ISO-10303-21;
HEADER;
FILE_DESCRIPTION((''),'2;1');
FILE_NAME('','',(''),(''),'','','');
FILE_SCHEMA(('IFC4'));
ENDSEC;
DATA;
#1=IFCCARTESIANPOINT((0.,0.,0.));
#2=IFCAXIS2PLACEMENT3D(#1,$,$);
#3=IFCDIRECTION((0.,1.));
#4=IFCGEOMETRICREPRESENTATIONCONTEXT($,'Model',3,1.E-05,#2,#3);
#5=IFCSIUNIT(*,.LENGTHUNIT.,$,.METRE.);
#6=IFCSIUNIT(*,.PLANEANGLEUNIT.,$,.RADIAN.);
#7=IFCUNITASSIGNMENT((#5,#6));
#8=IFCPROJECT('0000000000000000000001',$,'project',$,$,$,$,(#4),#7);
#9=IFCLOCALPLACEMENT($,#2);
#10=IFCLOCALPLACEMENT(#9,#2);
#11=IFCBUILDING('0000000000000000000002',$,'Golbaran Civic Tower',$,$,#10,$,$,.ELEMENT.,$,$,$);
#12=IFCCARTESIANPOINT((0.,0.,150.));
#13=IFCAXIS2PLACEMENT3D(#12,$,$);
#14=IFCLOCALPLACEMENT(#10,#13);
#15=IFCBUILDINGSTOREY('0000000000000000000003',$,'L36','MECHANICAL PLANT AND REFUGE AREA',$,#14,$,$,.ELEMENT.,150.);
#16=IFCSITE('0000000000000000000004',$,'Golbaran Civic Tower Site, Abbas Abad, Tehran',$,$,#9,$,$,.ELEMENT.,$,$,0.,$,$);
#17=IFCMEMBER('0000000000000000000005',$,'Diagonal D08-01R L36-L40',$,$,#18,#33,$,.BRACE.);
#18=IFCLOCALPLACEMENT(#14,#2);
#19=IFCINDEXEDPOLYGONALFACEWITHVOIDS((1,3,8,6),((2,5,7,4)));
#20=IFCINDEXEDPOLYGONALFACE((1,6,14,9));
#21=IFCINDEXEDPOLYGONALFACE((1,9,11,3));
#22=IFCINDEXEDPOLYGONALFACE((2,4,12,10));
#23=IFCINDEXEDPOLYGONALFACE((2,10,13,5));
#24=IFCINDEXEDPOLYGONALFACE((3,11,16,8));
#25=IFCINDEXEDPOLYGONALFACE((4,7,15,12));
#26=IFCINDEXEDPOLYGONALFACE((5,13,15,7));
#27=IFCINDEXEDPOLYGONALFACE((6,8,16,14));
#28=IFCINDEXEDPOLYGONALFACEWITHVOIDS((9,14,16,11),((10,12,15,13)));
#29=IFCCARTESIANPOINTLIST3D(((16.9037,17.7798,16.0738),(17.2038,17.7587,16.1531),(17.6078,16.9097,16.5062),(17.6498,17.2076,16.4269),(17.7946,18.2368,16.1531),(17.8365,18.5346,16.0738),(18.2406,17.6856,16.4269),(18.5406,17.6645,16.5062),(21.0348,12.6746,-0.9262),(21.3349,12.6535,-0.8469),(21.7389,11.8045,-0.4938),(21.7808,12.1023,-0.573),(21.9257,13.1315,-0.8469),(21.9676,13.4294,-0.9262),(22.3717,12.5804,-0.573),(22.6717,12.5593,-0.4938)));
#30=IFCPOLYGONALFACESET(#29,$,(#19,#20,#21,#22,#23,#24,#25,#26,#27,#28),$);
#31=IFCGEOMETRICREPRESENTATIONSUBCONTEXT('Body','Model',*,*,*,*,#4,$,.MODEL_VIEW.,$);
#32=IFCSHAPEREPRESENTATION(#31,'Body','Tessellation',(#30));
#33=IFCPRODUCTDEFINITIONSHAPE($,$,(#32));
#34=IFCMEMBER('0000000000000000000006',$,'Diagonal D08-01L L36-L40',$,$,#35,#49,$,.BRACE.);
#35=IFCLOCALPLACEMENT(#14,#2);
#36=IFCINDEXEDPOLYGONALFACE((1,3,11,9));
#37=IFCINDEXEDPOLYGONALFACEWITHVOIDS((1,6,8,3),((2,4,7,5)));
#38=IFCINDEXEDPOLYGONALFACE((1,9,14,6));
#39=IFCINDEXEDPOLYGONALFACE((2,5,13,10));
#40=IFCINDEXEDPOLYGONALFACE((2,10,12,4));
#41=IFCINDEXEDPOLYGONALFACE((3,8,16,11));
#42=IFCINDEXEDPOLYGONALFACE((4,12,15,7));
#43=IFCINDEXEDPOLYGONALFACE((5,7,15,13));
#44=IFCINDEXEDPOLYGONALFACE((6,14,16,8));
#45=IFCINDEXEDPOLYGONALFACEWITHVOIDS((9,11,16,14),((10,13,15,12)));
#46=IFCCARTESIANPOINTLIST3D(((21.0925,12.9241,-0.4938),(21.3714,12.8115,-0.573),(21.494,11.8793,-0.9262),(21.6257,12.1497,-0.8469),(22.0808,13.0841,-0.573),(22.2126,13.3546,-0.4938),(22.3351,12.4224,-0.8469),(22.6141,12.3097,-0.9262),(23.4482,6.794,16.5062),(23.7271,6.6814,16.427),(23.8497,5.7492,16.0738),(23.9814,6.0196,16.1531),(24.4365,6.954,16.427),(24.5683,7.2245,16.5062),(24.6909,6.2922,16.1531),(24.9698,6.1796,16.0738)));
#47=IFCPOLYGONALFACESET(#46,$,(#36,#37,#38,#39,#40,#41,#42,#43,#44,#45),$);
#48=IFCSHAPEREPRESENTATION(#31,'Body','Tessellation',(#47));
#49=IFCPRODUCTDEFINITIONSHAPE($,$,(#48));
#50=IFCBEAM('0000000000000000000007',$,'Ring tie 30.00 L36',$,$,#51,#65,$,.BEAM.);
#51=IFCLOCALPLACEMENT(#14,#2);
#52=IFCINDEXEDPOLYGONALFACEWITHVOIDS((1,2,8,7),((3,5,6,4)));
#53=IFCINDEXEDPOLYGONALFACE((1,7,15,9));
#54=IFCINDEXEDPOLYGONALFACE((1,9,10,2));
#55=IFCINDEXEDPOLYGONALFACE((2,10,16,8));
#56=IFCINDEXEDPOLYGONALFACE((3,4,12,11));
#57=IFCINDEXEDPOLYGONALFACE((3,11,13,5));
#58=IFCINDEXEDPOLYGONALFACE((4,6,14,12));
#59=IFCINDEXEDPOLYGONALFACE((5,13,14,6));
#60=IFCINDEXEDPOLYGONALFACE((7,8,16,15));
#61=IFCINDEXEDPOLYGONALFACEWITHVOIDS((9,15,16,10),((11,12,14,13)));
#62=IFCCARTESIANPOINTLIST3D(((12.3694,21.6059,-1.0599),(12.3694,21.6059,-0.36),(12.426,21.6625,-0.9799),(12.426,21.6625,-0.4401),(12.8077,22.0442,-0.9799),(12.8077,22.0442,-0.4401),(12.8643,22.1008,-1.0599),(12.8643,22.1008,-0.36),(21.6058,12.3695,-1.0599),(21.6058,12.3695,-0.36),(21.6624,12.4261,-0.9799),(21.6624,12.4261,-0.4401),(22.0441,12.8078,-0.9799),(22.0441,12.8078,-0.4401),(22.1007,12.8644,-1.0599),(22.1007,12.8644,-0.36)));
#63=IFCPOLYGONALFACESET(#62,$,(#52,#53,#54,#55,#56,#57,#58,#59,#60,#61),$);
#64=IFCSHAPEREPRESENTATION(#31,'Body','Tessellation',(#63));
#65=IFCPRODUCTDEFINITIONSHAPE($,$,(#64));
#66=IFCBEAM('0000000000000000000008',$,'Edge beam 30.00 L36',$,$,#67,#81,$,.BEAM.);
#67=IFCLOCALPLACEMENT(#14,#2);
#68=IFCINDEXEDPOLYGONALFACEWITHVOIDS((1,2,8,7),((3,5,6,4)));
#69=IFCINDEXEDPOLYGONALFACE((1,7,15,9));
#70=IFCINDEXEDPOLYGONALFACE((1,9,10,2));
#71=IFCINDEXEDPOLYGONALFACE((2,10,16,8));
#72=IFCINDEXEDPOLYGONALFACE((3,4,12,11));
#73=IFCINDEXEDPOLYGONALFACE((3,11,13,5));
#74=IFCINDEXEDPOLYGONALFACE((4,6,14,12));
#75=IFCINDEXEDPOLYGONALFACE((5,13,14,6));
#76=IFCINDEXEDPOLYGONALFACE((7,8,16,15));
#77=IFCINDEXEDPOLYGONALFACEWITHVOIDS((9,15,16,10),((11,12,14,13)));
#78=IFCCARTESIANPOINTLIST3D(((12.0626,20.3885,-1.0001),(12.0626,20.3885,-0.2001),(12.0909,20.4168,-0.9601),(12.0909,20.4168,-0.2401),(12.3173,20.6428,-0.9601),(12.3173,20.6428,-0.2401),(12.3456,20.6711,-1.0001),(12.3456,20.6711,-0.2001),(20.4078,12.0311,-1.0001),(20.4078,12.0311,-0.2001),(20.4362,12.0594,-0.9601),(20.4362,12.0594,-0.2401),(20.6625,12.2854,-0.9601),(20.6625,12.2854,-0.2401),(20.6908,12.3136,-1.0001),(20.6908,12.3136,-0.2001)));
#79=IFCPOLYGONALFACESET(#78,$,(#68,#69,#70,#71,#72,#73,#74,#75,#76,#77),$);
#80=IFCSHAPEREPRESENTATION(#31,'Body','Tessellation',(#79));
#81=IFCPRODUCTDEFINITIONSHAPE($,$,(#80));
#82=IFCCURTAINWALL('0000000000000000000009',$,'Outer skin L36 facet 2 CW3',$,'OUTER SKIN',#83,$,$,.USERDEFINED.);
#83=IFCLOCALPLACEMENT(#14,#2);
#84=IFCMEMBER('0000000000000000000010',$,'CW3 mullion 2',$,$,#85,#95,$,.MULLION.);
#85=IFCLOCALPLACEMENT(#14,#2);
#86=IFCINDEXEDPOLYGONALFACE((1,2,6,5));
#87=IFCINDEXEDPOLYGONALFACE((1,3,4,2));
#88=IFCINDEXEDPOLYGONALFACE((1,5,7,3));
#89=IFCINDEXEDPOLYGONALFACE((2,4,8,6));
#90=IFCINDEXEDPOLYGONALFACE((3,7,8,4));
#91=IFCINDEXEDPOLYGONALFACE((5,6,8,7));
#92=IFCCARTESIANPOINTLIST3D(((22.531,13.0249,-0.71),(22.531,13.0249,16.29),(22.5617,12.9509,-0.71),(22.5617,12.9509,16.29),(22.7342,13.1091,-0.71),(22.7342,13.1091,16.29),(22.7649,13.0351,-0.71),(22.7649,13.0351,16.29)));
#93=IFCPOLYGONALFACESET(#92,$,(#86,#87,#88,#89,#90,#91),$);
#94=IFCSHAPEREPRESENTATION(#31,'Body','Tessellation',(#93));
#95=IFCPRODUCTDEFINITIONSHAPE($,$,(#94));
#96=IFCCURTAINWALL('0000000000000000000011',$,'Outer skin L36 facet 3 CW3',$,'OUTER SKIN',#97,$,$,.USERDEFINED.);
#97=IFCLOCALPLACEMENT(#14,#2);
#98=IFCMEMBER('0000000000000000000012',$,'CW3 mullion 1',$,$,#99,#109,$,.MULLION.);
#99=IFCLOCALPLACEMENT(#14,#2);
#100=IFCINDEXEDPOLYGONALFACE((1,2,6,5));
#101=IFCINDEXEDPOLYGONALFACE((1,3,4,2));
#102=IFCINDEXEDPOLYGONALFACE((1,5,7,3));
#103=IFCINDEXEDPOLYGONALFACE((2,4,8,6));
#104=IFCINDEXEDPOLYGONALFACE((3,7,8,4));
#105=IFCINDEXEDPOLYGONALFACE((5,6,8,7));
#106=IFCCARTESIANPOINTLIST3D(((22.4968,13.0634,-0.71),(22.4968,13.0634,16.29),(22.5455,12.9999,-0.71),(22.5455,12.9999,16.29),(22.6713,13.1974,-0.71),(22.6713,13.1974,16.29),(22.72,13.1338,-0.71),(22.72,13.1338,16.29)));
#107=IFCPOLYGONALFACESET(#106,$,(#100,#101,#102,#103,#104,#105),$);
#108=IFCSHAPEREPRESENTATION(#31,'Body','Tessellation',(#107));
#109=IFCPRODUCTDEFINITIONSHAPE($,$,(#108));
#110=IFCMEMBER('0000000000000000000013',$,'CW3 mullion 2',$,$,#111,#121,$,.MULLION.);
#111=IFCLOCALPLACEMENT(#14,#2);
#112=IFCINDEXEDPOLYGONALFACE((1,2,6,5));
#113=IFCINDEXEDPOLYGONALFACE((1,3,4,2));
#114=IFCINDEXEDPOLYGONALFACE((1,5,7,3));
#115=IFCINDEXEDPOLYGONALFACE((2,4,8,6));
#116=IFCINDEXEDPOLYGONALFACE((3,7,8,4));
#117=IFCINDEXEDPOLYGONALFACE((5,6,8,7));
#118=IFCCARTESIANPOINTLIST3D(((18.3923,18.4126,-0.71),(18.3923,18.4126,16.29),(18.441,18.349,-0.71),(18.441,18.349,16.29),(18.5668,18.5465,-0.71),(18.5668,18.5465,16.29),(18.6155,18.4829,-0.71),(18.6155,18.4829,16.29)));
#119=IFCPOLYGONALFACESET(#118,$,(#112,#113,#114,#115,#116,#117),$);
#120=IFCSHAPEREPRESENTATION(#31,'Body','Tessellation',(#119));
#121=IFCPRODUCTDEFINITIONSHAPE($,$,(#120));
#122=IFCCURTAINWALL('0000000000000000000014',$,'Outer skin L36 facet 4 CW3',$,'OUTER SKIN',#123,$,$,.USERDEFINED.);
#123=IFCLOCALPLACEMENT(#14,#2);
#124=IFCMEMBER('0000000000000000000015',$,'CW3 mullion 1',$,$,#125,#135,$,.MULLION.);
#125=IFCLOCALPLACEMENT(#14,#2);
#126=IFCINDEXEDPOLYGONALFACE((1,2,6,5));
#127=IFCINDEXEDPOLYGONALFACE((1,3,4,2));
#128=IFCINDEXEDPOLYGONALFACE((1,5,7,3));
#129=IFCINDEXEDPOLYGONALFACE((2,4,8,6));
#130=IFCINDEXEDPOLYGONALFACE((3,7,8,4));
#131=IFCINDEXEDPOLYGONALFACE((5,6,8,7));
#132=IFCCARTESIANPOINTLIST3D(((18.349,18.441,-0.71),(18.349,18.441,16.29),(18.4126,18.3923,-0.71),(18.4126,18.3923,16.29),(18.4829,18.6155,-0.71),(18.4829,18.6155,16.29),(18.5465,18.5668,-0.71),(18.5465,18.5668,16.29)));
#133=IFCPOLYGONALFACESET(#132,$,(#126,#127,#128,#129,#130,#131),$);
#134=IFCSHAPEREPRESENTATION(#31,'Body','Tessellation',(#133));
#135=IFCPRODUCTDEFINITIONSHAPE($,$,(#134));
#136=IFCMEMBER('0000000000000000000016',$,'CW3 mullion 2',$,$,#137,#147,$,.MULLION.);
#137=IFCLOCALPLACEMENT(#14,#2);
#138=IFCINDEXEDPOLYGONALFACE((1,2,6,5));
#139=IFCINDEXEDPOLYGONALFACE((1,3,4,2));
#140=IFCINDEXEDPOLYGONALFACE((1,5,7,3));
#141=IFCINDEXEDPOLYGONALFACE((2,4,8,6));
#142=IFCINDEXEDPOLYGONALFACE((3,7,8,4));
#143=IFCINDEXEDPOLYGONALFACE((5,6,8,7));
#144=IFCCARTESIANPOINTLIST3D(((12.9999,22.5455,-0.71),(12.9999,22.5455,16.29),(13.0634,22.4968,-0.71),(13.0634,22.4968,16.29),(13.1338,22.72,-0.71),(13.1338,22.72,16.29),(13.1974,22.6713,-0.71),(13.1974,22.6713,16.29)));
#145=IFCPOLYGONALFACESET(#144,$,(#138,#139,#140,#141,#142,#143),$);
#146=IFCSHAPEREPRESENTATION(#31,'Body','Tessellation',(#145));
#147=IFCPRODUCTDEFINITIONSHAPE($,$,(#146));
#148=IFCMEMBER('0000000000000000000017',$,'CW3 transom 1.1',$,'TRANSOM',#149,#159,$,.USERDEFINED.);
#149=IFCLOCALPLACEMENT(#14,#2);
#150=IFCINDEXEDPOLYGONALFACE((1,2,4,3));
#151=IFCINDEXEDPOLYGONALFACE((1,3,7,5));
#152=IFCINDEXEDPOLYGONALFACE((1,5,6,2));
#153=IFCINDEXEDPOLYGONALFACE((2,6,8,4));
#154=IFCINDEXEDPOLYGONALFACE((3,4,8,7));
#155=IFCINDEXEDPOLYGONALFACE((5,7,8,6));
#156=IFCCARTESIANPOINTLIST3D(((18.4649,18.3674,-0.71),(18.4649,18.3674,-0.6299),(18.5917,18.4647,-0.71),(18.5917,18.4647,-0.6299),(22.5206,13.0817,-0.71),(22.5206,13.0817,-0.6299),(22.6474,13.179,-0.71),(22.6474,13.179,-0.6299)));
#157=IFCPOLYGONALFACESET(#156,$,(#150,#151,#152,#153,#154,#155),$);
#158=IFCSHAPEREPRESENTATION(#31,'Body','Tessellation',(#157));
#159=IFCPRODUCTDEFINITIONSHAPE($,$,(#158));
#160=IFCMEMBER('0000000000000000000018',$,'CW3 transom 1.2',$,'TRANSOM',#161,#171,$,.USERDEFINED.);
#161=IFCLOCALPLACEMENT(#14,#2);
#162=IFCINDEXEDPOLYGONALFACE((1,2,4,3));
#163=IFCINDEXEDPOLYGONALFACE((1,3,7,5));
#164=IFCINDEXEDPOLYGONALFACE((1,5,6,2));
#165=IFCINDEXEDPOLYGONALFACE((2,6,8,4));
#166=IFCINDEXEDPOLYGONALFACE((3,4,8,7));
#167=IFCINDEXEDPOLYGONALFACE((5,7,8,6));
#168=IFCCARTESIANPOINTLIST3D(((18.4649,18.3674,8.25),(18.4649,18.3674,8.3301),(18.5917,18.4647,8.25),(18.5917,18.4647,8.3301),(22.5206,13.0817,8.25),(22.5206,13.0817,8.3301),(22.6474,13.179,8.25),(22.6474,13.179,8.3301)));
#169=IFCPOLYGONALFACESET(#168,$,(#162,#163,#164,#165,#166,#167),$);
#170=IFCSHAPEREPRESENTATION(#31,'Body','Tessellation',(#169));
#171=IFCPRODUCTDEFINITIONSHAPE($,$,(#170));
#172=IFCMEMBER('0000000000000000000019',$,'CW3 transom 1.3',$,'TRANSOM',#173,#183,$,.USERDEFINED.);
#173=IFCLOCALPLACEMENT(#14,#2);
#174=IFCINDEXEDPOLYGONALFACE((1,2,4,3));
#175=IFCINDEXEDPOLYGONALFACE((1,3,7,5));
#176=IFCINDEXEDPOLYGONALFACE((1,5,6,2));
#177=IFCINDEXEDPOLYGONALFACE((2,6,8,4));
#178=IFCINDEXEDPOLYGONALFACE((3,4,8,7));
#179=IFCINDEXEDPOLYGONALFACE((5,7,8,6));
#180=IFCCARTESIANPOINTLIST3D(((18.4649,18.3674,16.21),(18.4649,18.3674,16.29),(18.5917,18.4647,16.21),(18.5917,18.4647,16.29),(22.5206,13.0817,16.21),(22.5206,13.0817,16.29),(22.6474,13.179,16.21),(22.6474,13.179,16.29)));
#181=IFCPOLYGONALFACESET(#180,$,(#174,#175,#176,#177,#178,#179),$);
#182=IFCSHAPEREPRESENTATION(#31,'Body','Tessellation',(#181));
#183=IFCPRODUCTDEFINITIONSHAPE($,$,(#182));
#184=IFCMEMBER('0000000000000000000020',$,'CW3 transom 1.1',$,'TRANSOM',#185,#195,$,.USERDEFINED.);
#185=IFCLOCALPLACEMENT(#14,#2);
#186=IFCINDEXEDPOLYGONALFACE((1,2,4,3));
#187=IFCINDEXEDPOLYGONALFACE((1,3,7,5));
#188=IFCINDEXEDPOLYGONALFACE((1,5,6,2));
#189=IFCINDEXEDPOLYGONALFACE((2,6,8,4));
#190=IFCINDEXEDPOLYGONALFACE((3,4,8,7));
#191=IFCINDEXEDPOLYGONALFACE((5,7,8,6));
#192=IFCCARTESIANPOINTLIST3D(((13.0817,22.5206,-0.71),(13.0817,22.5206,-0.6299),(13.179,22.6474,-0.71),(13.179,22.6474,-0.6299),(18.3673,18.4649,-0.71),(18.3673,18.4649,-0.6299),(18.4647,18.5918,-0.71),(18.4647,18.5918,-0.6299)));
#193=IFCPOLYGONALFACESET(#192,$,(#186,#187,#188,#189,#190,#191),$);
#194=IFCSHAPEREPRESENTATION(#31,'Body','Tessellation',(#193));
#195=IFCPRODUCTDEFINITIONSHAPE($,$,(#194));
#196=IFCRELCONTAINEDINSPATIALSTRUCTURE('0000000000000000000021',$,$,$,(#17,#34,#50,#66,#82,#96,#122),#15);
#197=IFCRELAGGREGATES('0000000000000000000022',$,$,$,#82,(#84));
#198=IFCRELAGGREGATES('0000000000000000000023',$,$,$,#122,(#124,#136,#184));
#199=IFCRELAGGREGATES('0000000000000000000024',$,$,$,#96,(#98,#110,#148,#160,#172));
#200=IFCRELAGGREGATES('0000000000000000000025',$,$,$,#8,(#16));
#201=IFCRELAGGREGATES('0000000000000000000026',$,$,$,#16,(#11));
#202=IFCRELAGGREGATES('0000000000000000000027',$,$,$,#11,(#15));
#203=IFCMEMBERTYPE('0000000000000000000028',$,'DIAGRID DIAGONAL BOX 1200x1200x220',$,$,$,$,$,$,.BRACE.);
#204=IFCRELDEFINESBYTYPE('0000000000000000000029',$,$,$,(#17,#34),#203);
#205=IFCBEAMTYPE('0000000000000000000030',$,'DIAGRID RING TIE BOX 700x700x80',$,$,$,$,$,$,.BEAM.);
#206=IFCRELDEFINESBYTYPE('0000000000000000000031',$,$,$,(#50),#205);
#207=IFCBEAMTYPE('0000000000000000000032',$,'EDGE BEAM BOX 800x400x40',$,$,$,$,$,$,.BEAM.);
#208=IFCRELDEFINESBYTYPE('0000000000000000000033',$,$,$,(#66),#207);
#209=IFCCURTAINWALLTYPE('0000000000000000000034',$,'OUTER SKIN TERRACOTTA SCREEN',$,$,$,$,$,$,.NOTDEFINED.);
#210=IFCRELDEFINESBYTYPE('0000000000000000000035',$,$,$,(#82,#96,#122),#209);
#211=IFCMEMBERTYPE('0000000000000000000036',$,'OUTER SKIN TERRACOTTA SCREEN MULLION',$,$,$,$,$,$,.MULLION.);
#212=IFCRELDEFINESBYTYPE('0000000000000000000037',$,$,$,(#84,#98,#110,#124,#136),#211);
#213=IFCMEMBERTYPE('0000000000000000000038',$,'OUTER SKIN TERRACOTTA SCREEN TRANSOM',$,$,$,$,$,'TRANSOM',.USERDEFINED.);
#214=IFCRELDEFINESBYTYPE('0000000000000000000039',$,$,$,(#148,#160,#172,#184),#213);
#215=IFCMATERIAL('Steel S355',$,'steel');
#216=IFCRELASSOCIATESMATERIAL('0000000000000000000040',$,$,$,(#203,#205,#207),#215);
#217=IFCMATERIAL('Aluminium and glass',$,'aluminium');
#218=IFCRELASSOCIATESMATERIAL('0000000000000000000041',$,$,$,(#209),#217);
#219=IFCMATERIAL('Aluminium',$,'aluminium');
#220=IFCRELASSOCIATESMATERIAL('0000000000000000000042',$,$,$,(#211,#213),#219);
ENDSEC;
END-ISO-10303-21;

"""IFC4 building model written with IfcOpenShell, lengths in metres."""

from ifc_helpers import new_model, si_unit, direction, frame, origin, origin_2d, place, context, subcontext, project, spatial, rectangle, hollow_rectangle, extrude, material, material_profile, profile_set, type_object, element, aggregate, save


model = new_model("IFC4")

# Units and contexts
model_context = context("Model", 3, precision=1e-05, world=origin(), true_north=direction((0.0, 1.0)))
body_context = subcontext(model_context, "Body", "Model", "MODEL_VIEW")
ifc_project = project(units=[si_unit("LENGTHUNIT", "METRE"), si_unit("PLANEANGLEUNIT", "RADIAN")], contexts=[model_context])

# Site, building, storey
site_placement = place(None, origin())
site = spatial("IfcSite", under=ifc_project, at=site_placement, Name="Golbaran Civic Tower Site, Abbas Abad, Tehran", CompositionType="ELEMENT", RefElevation=0.0)
building_placement = place(site_placement, origin())
building = spatial("IfcBuilding", under=site, at=building_placement, Name="Golbaran Civic Tower", CompositionType="ELEMENT")
storey_placement = place(building_placement, frame((0.0, 0.0, 150.0)))
storey = spatial("IfcBuildingStorey", under=building, at=storey_placement, Name="L36", Description="MECHANICAL PLANT AND REFUGE AREA", CompositionType="ELEMENT", Elevation=150.0)

# Members
ifc_material_1 = material(Name="Steel S355", Category="steel")
ifc_material_profile_1 = material_profile(ifc_material_1, hollow_rectangle(XDim=1.2, YDim=1.2, WallThickness=0.22, at=origin_2d()), Name="BOX 1200x1200x220")
ifc_profile_set_1 = profile_set([ifc_material_profile_1], Name="Steel S355")
member_type_1 = type_object("IfcMemberType", Name="DIAGRID DIAGONAL BOX 1200x1200x220", PredefinedType="BRACE", material=ifc_profile_set_1)
for number, where, z_axis, x_axis, name in (
    (1, (21.8533, 12.6169, -0.71), (-0.22668, 0.280131, 0.932815), (-0.777371, -0.629042, 0.0), "Diagonal D08-01R L36-L40"),
    (2, (21.8533, 12.6169, -0.71), (0.129262, -0.33637, 0.932817), (0.933449, 0.35871, 0.0), "Diagonal D08-01L L36-L40"),
):
    element("IfcMember", number, at=place(storey_placement, frame(where, z_axis=z_axis, x_axis=x_axis)), inside=storey, type_object=member_type_1, Name=name, PredefinedType="BRACE", context=body_context, shape_type="SweptSolid", body=[
        extrude(hollow_rectangle(XDim=1.2, YDim=1.2, WallThickness=0.22, at=origin_2d()), origin(), (0.0, 0.0, 1.0), 18.2244),
    ])

# Beams
ifc_material_profile_2 = material_profile(ifc_material_1, hollow_rectangle(XDim=0.7, YDim=0.7, WallThickness=0.0801, at=origin_2d()), Name="BOX 700x700x80")
ifc_profile_set_2 = profile_set([ifc_material_profile_2], Name="Steel S355")
beam_type_1 = type_object("IfcBeamType", Name="DIAGRID RING TIE BOX 700x700x80", PredefinedType="BEAM", material=ifc_profile_set_2)
beam_1_placement = place(storey_placement, frame((21.8533, 12.6169, -0.71), z_axis=(-0.707107, 0.707107, 0.0), x_axis=(-0.707107, -0.707107, 0.0)))
element("IfcBeam", 3, at=beam_1_placement, inside=storey, type_object=beam_type_1, Name="Ring tie 30.00 L36", PredefinedType="BEAM", context=body_context, shape_type="SweptSolid", body=[
    extrude(hollow_rectangle(XDim=0.7, YDim=0.7, WallThickness=0.0801, at=origin_2d()), origin(), (0.0, 0.0, 1.0), 13.0623),
])
ifc_material_profile_3 = material_profile(ifc_material_1, hollow_rectangle(XDim=0.3999, YDim=0.8, WallThickness=0.04, at=origin_2d()), Name="BOX 800x400x40")
ifc_profile_set_3 = profile_set([ifc_material_profile_3], Name="Steel S355")
beam_type_2 = type_object("IfcBeamType", Name="EDGE BEAM BOX 800x400x40", PredefinedType="BEAM", material=ifc_profile_set_3)
beam_2_placement = place(storey_placement, frame((20.5493, 12.1724, -0.6001), z_axis=(-0.70659, 0.707623, 0.0), x_axis=(-0.707623, -0.70659, 0.0)))
element("IfcBeam", 4, at=beam_2_placement, inside=storey, type_object=beam_type_2, Name="Edge beam 30.00 L36", PredefinedType="BEAM", context=body_context, shape_type="SweptSolid", body=[
    extrude(hollow_rectangle(XDim=0.3999, YDim=0.8, WallThickness=0.04, at=origin_2d()), origin(), (0.0, 0.0, 1.0), 11.8105),
])

# Curtain wall, member
ifc_material_2 = material(Name="Aluminium and glass", Category="aluminium")
curtain_wall_type_1 = type_object("IfcCurtainWallType", Name="OUTER SKIN TERRACOTTA SCREEN", PredefinedType="NOTDEFINED", material=ifc_material_2)
curtain_wall_1_placement = place(storey_placement, origin())
curtain_wall_1 = element("IfcCurtainWall", 5, at=curtain_wall_1_placement, inside=storey, type_object=curtain_wall_type_1, Name="Outer skin L36 facet 2 CW3", ObjectType="OUTER SKIN", PredefinedType="USERDEFINED")
ifc_material_3 = material(Name="Aluminium", Category="aluminium")
ifc_material_profile_4 = material_profile(ifc_material_3, rectangle(XDim=0.22, YDim=0.0801, at=origin_2d()), Name="OUTER SKIN TERRACOTTA SCREEN MULLION")
ifc_profile_set_4 = profile_set([ifc_material_profile_4], Name="Aluminium")
member_type_2 = type_object("IfcMemberType", Name="OUTER SKIN TERRACOTTA SCREEN MULLION", PredefinedType="MULLION", material=ifc_profile_set_4)
member_1_placement = place(storey_placement, frame((22.6479, 13.03, -0.71), z_axis=(0.0, 0.0, 1.0), x_axis=(-0.92388, -0.382683, 0.0)))
member_1 = element("IfcMember", 6, at=member_1_placement, type_object=member_type_2, Name="CW3 mullion 2", PredefinedType="MULLION", context=body_context, shape_type="SweptSolid", body=[
    extrude(rectangle(XDim=0.22, YDim=0.0801, at=origin_2d()), origin(), (0.0, 0.0, 1.0), 17.0),
])

# Curtain walls, members
curtain_wall_2_placement = place(storey_placement, origin())
curtain_wall_2 = element("IfcCurtainWall", 7, at=curtain_wall_2_placement, inside=storey, type_object=curtain_wall_type_1, Name="Outer skin L36 facet 3 CW3", ObjectType="OUTER SKIN", PredefinedType="USERDEFINED")
member_2_placement = place(storey_placement, frame((22.6084, 13.0986, -0.71), z_axis=(0.0, 0.0, 1.0), x_axis=(-0.793353, -0.608761, 0.0)))
member_2 = element("IfcMember", 8, at=member_2_placement, type_object=member_type_2, Name="CW3 mullion 1", PredefinedType="MULLION", context=body_context, shape_type="SweptSolid", body=[
    extrude(rectangle(XDim=0.22, YDim=0.0801, at=origin_2d()), origin(), (0.0, 0.0, 1.0), 17.0),
])
member_3_placement = place(storey_placement, frame((18.5039, 18.4478, -0.71), z_axis=(0.0, 0.0, 1.0), x_axis=(-0.793353, -0.608761, 0.0)))
member_3 = element("IfcMember", 9, at=member_3_placement, type_object=member_type_2, Name="CW3 mullion 2", PredefinedType="MULLION", context=body_context, shape_type="SweptSolid", body=[
    extrude(rectangle(XDim=0.22, YDim=0.0801, at=origin_2d()), origin(), (0.0, 0.0, 1.0), 17.0),
])
curtain_wall_3_placement = place(storey_placement, origin())
curtain_wall_3 = element("IfcCurtainWall", 10, at=curtain_wall_3_placement, inside=storey, type_object=curtain_wall_type_1, Name="Outer skin L36 facet 4 CW3", ObjectType="OUTER SKIN", PredefinedType="USERDEFINED")
member_4_placement = place(storey_placement, frame((18.4478, 18.5039, -0.71), z_axis=(0.0, 0.0, 1.0), x_axis=(-0.608761, -0.793353, 0.0)))
member_4 = element("IfcMember", 11, at=member_4_placement, type_object=member_type_2, Name="CW3 mullion 1", PredefinedType="MULLION", context=body_context, shape_type="SweptSolid", body=[
    extrude(rectangle(XDim=0.22, YDim=0.0801, at=origin_2d()), origin(), (0.0, 0.0, 1.0), 17.0),
])
member_5_placement = place(storey_placement, frame((13.0986, 22.6084, -0.71), z_axis=(0.0, 0.0, 1.0), x_axis=(-0.608761, -0.793353, 0.0)))
member_5 = element("IfcMember", 12, at=member_5_placement, type_object=member_type_2, Name="CW3 mullion 2", PredefinedType="MULLION", context=body_context, shape_type="SweptSolid", body=[
    extrude(rectangle(XDim=0.22, YDim=0.0801, at=origin_2d()), origin(), (0.0, 0.0, 1.0), 17.0),
])

# Members
ifc_material_profile_5 = material_profile(ifc_material_3, rectangle(XDim=0.1599, YDim=0.0801, at=origin_2d()), Name="OUTER SKIN TERRACOTTA SCREEN TRANSOM")
ifc_profile_set_5 = profile_set([ifc_material_profile_5], Name="Aluminium")
member_type_3 = type_object("IfcMemberType", Name="OUTER SKIN TERRACOTTA SCREEN TRANSOM", ElementType="TRANSOM", PredefinedType="USERDEFINED", material=ifc_profile_set_5)
member_6_placement = place(storey_placement, frame((22.584, 13.1304, -0.6699), z_axis=(-0.608747, 0.793364, 0.0), x_axis=(-0.793364, -0.608747, 0.0)))
member_6 = element("IfcMember", 13, at=member_6_placement, type_object=member_type_3, Name="CW3 transom 1.1", ObjectType="TRANSOM", PredefinedType="USERDEFINED", context=body_context, shape_type="SweptSolid", body=[
    extrude(rectangle(XDim=0.1599, YDim=0.0801, at=origin_2d()), origin(), (0.0, 0.0, 1.0), 6.6624),
])
member_7_placement = place(storey_placement, frame((22.584, 13.1304, 8.29), z_axis=(-0.608747, 0.793364, 0.0), x_axis=(-0.793364, -0.608747, 0.0)))
member_7 = element("IfcMember", 14, at=member_7_placement, type_object=member_type_3, Name="CW3 transom 1.2", ObjectType="TRANSOM", PredefinedType="USERDEFINED", context=body_context, shape_type="SweptSolid", body=[
    extrude(rectangle(XDim=0.1599, YDim=0.0801, at=origin_2d()), origin(), (0.0, 0.0, 1.0), 6.6624),
])
member_8_placement = place(storey_placement, frame((22.584, 13.1304, 16.25), z_axis=(-0.608747, 0.793364, 0.0), x_axis=(-0.793364, -0.608747, 0.0)))
member_8 = element("IfcMember", 15, at=member_8_placement, type_object=member_type_3, Name="CW3 transom 1.3", ObjectType="TRANSOM", PredefinedType="USERDEFINED", context=body_context, shape_type="SweptSolid", body=[
    extrude(rectangle(XDim=0.1599, YDim=0.0801, at=origin_2d()), origin(), (0.0, 0.0, 1.0), 6.6624),
])
member_9_placement = place(storey_placement, frame((18.416, 18.5283, -0.6699), z_axis=(-0.793364, 0.608747, 0.0), x_axis=(-0.608747, -0.793364, 0.0)))
member_9 = element("IfcMember", 16, at=member_9_placement, type_object=member_type_3, Name="CW3 transom 1.1", ObjectType="TRANSOM", PredefinedType="USERDEFINED", context=body_context, shape_type="SweptSolid", body=[
    extrude(rectangle(XDim=0.1599, YDim=0.0801, at=origin_2d()), origin(), (0.0, 0.0, 1.0), 6.6624),
])

aggregate(curtain_wall_1, [member_1])
aggregate(curtain_wall_3, [member_4, member_5, member_9])
aggregate(curtain_wall_2, [member_2, member_3, member_6, member_7, member_8])

save(model, "model.ifc")
